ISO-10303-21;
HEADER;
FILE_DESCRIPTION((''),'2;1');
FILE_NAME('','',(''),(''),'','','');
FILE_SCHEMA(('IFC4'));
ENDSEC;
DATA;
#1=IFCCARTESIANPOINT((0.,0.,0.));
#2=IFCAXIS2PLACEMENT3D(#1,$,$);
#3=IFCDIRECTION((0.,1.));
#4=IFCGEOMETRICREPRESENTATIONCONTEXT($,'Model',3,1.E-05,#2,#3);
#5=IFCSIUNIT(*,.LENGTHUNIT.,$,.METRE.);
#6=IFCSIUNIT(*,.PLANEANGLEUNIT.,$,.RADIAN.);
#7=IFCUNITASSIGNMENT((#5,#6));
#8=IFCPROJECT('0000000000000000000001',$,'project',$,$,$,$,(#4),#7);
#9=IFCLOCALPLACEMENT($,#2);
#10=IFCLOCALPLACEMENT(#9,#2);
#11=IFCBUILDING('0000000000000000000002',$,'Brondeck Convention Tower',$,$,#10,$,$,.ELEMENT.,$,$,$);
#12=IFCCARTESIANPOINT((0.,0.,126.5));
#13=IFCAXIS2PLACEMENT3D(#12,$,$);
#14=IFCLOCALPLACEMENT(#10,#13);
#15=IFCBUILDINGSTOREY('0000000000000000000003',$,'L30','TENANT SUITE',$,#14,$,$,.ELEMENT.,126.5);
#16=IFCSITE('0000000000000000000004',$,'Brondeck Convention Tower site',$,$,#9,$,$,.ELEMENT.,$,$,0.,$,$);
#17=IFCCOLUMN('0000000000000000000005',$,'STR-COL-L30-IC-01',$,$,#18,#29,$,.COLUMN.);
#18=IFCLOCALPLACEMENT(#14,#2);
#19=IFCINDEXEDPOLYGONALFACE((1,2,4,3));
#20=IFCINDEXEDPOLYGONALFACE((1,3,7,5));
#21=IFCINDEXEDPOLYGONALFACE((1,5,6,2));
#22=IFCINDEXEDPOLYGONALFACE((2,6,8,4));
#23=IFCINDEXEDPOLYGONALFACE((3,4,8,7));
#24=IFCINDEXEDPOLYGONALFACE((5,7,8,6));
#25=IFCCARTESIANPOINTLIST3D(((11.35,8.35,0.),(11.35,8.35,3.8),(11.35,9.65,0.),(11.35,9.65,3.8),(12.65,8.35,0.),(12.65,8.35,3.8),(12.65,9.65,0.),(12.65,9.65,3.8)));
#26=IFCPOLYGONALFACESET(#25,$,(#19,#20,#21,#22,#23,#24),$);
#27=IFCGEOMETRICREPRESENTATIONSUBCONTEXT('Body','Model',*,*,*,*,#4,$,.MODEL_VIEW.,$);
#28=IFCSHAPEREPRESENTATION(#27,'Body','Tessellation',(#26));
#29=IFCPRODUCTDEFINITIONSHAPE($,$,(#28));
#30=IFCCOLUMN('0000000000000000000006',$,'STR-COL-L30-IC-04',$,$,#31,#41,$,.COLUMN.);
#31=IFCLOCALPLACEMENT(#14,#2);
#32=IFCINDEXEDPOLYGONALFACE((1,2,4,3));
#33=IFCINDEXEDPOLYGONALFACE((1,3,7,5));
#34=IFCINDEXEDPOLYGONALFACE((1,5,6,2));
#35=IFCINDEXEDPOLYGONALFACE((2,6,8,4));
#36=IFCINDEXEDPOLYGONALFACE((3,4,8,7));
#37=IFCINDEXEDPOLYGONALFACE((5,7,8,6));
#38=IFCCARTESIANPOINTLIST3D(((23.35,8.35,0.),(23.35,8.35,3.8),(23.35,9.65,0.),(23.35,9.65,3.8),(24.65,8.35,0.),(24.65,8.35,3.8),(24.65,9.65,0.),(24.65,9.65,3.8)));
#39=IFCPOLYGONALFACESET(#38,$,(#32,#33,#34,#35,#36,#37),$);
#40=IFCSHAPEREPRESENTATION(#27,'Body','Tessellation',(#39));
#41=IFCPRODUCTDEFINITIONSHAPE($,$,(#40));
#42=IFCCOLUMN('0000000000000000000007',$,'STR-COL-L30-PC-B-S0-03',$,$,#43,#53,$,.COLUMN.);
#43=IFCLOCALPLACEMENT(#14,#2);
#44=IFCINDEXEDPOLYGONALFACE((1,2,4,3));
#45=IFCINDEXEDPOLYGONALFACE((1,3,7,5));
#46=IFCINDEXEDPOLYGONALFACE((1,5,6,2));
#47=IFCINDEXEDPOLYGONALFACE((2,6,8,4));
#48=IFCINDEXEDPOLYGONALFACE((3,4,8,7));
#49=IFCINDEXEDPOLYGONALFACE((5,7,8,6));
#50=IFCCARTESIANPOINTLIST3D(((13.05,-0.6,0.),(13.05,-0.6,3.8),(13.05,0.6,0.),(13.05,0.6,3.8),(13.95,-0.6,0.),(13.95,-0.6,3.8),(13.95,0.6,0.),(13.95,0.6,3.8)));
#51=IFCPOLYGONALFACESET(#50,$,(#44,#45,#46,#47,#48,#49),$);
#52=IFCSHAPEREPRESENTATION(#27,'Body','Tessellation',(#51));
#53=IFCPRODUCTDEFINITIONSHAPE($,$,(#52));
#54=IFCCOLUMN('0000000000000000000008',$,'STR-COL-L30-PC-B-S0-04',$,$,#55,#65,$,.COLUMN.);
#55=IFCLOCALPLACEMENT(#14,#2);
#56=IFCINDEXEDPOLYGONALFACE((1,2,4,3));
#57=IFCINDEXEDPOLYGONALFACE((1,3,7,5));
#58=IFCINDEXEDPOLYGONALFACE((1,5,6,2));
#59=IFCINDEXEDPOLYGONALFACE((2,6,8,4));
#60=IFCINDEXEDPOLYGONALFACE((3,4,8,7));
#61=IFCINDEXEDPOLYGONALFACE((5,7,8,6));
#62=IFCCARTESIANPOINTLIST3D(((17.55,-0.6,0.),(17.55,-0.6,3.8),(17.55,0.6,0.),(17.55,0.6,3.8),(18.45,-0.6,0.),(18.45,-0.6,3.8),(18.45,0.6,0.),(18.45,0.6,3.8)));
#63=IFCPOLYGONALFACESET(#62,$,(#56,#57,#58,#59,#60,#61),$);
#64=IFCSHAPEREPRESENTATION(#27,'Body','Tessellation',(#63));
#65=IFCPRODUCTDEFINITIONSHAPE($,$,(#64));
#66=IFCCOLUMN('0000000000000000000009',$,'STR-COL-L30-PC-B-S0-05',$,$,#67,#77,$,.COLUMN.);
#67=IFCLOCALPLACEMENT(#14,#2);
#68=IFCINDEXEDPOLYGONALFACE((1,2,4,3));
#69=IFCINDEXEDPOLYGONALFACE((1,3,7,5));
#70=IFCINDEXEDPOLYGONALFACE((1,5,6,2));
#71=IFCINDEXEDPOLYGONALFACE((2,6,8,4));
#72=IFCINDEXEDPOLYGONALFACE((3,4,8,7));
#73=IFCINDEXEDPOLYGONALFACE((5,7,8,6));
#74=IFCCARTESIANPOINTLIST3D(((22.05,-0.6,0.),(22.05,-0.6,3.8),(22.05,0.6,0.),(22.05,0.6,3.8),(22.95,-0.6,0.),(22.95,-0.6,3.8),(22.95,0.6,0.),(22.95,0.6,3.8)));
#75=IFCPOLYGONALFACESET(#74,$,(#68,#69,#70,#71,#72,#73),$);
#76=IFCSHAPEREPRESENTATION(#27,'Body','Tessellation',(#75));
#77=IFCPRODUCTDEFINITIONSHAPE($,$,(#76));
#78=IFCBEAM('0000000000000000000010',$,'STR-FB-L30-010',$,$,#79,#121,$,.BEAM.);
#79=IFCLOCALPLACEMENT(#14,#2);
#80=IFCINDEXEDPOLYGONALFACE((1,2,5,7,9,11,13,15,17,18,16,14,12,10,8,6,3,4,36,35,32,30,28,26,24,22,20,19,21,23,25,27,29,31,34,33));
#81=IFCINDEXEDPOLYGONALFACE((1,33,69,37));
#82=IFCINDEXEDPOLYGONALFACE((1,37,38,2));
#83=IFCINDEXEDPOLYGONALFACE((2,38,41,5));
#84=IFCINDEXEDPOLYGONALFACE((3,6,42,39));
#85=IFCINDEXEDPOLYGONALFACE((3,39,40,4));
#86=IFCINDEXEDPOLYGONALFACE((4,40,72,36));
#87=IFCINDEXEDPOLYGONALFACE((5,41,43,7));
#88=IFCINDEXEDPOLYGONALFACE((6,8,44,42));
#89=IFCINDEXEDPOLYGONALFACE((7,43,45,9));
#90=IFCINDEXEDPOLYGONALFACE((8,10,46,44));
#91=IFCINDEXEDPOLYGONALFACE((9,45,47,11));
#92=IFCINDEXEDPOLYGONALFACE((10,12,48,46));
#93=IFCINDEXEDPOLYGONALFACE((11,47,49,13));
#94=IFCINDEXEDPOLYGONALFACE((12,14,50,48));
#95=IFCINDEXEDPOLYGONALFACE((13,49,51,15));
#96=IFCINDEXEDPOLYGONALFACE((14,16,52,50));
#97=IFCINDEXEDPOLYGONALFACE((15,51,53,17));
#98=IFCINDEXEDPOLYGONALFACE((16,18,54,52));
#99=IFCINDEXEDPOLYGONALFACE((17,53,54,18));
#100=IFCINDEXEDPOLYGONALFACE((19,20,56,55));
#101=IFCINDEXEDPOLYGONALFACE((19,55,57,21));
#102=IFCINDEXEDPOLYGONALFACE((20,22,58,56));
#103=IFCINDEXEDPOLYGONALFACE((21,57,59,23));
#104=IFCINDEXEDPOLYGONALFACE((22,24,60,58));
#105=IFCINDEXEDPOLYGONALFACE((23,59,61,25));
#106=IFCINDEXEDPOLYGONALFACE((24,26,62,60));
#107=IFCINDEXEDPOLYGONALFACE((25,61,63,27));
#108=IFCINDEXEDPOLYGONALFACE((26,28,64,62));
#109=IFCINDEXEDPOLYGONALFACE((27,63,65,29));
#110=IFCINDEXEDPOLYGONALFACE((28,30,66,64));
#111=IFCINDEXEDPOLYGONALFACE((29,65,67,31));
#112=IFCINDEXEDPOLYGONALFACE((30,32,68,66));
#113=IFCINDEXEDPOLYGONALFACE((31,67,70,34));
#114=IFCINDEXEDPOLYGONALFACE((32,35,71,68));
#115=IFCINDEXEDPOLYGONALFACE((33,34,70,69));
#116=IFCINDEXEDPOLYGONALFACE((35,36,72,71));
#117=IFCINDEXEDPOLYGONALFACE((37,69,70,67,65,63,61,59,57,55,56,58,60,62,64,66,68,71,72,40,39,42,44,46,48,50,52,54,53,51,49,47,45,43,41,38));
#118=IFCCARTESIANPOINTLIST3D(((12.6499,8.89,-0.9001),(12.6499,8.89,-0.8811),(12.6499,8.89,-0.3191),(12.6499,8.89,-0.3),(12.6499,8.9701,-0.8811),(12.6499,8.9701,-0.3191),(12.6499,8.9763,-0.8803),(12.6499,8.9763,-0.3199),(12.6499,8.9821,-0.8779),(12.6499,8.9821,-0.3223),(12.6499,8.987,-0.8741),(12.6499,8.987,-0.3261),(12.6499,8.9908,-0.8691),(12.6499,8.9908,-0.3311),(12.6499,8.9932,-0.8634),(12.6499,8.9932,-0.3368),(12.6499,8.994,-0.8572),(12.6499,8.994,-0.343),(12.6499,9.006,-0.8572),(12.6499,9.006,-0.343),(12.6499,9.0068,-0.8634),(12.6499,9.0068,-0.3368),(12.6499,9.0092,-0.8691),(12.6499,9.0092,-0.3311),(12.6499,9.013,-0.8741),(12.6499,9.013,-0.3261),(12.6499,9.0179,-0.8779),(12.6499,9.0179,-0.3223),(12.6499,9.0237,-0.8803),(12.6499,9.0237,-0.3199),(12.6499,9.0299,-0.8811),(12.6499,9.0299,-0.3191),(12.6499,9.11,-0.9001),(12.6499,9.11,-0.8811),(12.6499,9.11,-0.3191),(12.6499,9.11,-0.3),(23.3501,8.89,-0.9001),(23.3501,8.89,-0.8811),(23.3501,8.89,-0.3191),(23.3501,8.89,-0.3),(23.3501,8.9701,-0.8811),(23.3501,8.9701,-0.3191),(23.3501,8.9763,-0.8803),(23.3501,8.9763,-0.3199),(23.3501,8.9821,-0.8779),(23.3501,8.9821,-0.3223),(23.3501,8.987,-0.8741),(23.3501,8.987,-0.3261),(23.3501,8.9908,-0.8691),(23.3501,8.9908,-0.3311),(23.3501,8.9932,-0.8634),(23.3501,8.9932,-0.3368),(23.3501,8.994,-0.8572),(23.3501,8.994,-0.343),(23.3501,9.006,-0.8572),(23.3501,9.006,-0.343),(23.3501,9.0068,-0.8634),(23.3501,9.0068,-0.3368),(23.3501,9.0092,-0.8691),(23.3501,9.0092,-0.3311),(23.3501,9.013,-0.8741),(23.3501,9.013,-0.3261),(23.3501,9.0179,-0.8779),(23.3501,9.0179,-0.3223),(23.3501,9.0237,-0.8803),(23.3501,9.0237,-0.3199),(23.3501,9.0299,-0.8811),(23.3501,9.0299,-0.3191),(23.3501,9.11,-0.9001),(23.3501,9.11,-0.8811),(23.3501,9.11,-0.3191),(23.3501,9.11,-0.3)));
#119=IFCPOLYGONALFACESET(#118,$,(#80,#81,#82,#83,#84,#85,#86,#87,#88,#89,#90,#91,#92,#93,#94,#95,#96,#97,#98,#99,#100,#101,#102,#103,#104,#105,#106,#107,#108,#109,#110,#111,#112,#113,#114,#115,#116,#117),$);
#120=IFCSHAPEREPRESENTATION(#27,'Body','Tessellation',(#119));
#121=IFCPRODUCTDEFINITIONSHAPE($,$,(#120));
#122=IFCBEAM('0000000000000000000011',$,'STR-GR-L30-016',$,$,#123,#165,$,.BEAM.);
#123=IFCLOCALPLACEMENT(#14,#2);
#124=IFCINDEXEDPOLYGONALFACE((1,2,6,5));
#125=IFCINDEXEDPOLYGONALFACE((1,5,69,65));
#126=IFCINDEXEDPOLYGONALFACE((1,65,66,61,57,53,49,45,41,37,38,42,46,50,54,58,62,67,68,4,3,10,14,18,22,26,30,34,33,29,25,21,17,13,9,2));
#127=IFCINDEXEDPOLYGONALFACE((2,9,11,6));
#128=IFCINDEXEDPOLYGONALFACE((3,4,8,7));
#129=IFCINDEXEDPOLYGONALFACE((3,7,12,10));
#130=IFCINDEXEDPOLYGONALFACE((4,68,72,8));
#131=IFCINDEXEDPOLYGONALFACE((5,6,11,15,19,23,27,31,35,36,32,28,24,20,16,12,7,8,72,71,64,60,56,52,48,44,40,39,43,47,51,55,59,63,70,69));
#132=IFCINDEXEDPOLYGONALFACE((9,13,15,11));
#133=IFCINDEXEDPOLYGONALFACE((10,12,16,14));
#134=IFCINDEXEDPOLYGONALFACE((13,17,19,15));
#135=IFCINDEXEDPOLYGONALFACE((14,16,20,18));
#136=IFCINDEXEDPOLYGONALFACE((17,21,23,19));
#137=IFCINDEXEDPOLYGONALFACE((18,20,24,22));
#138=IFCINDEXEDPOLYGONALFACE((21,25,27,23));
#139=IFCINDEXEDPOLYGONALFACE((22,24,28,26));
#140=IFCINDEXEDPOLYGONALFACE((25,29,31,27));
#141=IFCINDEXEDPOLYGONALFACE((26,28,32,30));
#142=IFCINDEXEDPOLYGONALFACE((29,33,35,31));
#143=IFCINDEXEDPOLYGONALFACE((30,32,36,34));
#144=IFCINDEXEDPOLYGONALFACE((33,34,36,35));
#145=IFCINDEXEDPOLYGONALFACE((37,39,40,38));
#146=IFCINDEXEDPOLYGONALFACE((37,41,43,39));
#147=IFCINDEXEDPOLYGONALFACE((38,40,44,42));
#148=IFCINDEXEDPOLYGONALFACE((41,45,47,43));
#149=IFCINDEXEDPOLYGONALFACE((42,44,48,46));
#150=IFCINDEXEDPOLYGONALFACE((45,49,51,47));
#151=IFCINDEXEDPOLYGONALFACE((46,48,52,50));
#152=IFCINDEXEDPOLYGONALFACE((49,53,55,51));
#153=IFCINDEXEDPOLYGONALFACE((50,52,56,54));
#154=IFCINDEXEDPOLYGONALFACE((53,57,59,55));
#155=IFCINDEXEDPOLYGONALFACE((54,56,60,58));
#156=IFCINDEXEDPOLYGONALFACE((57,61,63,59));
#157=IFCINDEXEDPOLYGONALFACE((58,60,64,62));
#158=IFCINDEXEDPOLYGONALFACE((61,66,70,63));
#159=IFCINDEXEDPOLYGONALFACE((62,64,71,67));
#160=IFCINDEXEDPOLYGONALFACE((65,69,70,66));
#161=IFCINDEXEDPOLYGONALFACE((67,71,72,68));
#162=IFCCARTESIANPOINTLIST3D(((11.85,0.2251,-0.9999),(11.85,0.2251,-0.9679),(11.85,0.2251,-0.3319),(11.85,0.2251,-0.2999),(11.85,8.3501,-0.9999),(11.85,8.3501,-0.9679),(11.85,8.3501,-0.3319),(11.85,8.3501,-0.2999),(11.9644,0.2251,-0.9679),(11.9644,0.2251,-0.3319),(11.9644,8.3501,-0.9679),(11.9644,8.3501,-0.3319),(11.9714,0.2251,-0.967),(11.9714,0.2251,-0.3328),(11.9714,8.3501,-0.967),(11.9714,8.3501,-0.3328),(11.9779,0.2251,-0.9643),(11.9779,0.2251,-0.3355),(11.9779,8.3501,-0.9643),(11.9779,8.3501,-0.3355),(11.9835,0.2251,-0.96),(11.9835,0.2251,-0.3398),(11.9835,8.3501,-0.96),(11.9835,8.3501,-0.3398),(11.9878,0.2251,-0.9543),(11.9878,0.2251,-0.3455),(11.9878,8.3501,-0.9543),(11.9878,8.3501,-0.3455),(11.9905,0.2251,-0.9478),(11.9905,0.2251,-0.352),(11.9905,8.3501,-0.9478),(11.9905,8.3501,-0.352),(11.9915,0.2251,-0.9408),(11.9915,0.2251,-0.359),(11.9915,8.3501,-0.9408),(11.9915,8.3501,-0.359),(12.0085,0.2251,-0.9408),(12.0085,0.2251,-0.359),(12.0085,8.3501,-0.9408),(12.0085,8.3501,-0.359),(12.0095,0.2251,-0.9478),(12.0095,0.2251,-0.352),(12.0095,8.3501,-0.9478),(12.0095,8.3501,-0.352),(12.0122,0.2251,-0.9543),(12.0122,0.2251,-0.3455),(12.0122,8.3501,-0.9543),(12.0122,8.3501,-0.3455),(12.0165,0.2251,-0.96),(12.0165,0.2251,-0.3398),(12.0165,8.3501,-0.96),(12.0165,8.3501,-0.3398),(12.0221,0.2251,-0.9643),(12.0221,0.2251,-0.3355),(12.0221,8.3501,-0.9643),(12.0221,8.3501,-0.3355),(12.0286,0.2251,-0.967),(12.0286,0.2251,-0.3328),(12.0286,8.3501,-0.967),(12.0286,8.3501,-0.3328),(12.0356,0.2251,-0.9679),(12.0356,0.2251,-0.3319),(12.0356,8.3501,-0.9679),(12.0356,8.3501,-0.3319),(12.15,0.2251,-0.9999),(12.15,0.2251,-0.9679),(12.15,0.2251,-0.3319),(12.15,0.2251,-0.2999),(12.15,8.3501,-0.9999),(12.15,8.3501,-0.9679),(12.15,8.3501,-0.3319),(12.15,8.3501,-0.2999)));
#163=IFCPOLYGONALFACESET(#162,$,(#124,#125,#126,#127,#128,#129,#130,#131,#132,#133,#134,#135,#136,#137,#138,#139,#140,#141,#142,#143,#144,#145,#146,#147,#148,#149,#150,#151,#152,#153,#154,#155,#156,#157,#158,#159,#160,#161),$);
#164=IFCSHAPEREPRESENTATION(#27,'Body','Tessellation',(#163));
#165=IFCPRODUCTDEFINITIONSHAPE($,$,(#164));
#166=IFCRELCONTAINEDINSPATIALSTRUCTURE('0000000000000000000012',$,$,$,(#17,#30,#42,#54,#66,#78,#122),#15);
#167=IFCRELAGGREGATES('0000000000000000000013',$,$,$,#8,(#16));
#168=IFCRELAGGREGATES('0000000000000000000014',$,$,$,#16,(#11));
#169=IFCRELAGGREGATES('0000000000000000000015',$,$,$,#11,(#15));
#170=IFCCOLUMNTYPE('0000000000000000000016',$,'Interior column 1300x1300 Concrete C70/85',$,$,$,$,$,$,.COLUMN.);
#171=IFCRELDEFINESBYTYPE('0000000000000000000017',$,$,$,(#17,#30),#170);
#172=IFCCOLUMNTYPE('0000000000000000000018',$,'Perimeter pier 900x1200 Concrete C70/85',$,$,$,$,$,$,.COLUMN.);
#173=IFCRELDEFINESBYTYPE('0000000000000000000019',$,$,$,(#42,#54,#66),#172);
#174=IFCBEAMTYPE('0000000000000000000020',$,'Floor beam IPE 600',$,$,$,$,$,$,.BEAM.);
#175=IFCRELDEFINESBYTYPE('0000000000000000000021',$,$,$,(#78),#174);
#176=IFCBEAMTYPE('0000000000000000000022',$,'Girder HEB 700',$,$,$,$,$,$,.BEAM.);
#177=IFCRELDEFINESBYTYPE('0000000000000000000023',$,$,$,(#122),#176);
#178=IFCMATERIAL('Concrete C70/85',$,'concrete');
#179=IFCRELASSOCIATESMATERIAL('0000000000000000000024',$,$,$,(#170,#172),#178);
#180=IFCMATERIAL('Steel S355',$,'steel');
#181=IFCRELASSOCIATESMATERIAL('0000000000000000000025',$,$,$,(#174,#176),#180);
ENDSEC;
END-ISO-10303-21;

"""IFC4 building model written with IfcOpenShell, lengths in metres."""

from ifc_helpers import new_model, si_unit, direction, frame, origin, origin_2d, place, context, subcontext, project, spatial, rectangle, i_section, extrude, material, material_profile, profile_set, type_object, element, save


model = new_model("IFC4")

# Units and contexts
model_context = context("Model", 3, precision=1e-05, world=origin(), true_north=direction((0.0, 1.0)))
body_context = subcontext(model_context, "Body", "Model", "MODEL_VIEW")
ifc_project = project(units=[si_unit("LENGTHUNIT", "METRE"), si_unit("PLANEANGLEUNIT", "RADIAN")], contexts=[model_context])

# Site, building, storey
site_placement = place(None, origin())
site = spatial("IfcSite", under=ifc_project, at=site_placement, Name="Brondeck Convention Tower site", CompositionType="ELEMENT", RefElevation=0.0)
building_placement = place(site_placement, origin())
building = spatial("IfcBuilding", under=site, at=building_placement, Name="Brondeck Convention Tower", CompositionType="ELEMENT")
storey_placement = place(building_placement, frame((0.0, 0.0, 126.5)))
storey = spatial("IfcBuildingStorey", under=building, at=storey_placement, Name="L30", Description="TENANT SUITE", CompositionType="ELEMENT", Elevation=126.5)

# Columns
ifc_material_1 = material(Name="Concrete C70/85", Category="concrete")
ifc_material_profile_1 = material_profile(ifc_material_1, rectangle(XDim=1.3, YDim=1.3, at=origin_2d()), Name="Interior column 1300x1300 Concrete C70/85")
ifc_profile_set_1 = profile_set([ifc_material_profile_1], Name="Concrete C70/85")
column_type_1 = type_object("IfcColumnType", Name="Interior column 1300x1300 Concrete C70/85", PredefinedType="COLUMN", material=ifc_profile_set_1)
for number, where, z_axis, x_axis, name in (
    (1, (12.0, 9.0, 0.0), (0.0, 0.0, 1.0), (1.0, 0.0, 0.0), "STR-COL-L30-IC-01"),
    (2, (24.0, 9.0, 0.0), (0.0, 0.0, 1.0), (1.0, 0.0, 0.0), "STR-COL-L30-IC-04"),
):
    element("IfcColumn", number, at=place(storey_placement, frame(where, z_axis=z_axis, x_axis=x_axis)), inside=storey, type_object=column_type_1, Name=name, PredefinedType="COLUMN", context=body_context, shape_type="SweptSolid", body=[
        extrude(rectangle(XDim=1.3, YDim=1.3, at=origin_2d()), origin(), (0.0, 0.0, 1.0), 3.8),
    ])
ifc_material_profile_2 = material_profile(ifc_material_1, rectangle(XDim=0.8999, YDim=1.2, at=origin_2d()), Name="Perimeter pier 900x1200 Concrete C70/85")
ifc_profile_set_2 = profile_set([ifc_material_profile_2], Name="Concrete C70/85")
column_type_2 = type_object("IfcColumnType", Name="Perimeter pier 900x1200 Concrete C70/85", PredefinedType="COLUMN", material=ifc_profile_set_2)
for number, where, z_axis, x_axis, name in (
    (3, (13.5, 0.0, 0.0), (0.0, 0.0, 1.0), (1.0, 0.0, 0.0), "STR-COL-L30-PC-B-S0-03"),
    (4, (18.0, 0.0, 0.0), (0.0, 0.0, 1.0), (1.0, 0.0, 0.0), "STR-COL-L30-PC-B-S0-04"),
    (5, (22.5, 0.0, 0.0), (0.0, 0.0, 1.0), (1.0, 0.0, 0.0), "STR-COL-L30-PC-B-S0-05"),
):
    element("IfcColumn", number, at=place(storey_placement, frame(where, z_axis=z_axis, x_axis=x_axis)), inside=storey, type_object=column_type_2, Name=name, PredefinedType="COLUMN", context=body_context, shape_type="SweptSolid", body=[
        extrude(rectangle(XDim=0.8999, YDim=1.2, at=origin_2d()), origin(), (0.0, 0.0, 1.0), 3.8),
    ])

# Beams
ifc_material_2 = material(Name="Steel S355", Category="steel")
ifc_material_profile_3 = material_profile(ifc_material_2, i_section(OverallWidth=0.22, OverallDepth=0.6001, WebThickness=0.012, FlangeThickness=0.019, FilletRadius=0.0239, at=origin_2d()), Name="IPE 600")
ifc_profile_set_3 = profile_set([ifc_material_profile_3], Name="Steel S355")
beam_type_1 = type_object("IfcBeamType", Name="Floor beam IPE 600", PredefinedType="BEAM", material=ifc_profile_set_3)
beam_placement = place(storey_placement, frame((12.6499, 9.0, -0.6001), z_axis=(1.0, 0.0, 0.0), x_axis=(0.0, 1.0, 0.0)))
element("IfcBeam", 6, at=beam_placement, inside=storey, type_object=beam_type_1, Name="STR-FB-L30-010", PredefinedType="BEAM", context=body_context, shape_type="SweptSolid", body=[
    extrude(i_section(OverallWidth=0.22, OverallDepth=0.6001, WebThickness=0.012, FlangeThickness=0.019, FilletRadius=0.0239, at=origin_2d()), origin(), (0.0, 0.0, 1.0), 10.7002),
])
ifc_material_profile_4 = material_profile(ifc_material_2, i_section(OverallWidth=0.3, OverallDepth=0.7, WebThickness=0.0171, FlangeThickness=0.032, FilletRadius=0.0271, at=origin_2d()), Name="HEB 700")
ifc_profile_set_4 = profile_set([ifc_material_profile_4], Name="Steel S355")
beam_type_2 = type_object("IfcBeamType", Name="Girder HEB 700", PredefinedType="BEAM", material=ifc_profile_set_4)
for number, where, z_axis, x_axis, name in (
    (7, (12.0, 8.3501, -0.6499), (0.0, -1.0, 0.0), (1.0, 0.0, 0.0), "STR-GR-L30-016"),
):
    element("IfcBeam", number, at=place(storey_placement, frame(where, z_axis=z_axis, x_axis=x_axis)), inside=storey, type_object=beam_type_2, Name=name, PredefinedType="BEAM", context=body_context, shape_type="SweptSolid", body=[
        extrude(i_section(OverallWidth=0.3, OverallDepth=0.7, WebThickness=0.0171, FlangeThickness=0.032, FilletRadius=0.0271, at=origin_2d()), origin(), (0.0, 0.0, 1.0), 8.125),
    ])

save(model, "model.ifc")
